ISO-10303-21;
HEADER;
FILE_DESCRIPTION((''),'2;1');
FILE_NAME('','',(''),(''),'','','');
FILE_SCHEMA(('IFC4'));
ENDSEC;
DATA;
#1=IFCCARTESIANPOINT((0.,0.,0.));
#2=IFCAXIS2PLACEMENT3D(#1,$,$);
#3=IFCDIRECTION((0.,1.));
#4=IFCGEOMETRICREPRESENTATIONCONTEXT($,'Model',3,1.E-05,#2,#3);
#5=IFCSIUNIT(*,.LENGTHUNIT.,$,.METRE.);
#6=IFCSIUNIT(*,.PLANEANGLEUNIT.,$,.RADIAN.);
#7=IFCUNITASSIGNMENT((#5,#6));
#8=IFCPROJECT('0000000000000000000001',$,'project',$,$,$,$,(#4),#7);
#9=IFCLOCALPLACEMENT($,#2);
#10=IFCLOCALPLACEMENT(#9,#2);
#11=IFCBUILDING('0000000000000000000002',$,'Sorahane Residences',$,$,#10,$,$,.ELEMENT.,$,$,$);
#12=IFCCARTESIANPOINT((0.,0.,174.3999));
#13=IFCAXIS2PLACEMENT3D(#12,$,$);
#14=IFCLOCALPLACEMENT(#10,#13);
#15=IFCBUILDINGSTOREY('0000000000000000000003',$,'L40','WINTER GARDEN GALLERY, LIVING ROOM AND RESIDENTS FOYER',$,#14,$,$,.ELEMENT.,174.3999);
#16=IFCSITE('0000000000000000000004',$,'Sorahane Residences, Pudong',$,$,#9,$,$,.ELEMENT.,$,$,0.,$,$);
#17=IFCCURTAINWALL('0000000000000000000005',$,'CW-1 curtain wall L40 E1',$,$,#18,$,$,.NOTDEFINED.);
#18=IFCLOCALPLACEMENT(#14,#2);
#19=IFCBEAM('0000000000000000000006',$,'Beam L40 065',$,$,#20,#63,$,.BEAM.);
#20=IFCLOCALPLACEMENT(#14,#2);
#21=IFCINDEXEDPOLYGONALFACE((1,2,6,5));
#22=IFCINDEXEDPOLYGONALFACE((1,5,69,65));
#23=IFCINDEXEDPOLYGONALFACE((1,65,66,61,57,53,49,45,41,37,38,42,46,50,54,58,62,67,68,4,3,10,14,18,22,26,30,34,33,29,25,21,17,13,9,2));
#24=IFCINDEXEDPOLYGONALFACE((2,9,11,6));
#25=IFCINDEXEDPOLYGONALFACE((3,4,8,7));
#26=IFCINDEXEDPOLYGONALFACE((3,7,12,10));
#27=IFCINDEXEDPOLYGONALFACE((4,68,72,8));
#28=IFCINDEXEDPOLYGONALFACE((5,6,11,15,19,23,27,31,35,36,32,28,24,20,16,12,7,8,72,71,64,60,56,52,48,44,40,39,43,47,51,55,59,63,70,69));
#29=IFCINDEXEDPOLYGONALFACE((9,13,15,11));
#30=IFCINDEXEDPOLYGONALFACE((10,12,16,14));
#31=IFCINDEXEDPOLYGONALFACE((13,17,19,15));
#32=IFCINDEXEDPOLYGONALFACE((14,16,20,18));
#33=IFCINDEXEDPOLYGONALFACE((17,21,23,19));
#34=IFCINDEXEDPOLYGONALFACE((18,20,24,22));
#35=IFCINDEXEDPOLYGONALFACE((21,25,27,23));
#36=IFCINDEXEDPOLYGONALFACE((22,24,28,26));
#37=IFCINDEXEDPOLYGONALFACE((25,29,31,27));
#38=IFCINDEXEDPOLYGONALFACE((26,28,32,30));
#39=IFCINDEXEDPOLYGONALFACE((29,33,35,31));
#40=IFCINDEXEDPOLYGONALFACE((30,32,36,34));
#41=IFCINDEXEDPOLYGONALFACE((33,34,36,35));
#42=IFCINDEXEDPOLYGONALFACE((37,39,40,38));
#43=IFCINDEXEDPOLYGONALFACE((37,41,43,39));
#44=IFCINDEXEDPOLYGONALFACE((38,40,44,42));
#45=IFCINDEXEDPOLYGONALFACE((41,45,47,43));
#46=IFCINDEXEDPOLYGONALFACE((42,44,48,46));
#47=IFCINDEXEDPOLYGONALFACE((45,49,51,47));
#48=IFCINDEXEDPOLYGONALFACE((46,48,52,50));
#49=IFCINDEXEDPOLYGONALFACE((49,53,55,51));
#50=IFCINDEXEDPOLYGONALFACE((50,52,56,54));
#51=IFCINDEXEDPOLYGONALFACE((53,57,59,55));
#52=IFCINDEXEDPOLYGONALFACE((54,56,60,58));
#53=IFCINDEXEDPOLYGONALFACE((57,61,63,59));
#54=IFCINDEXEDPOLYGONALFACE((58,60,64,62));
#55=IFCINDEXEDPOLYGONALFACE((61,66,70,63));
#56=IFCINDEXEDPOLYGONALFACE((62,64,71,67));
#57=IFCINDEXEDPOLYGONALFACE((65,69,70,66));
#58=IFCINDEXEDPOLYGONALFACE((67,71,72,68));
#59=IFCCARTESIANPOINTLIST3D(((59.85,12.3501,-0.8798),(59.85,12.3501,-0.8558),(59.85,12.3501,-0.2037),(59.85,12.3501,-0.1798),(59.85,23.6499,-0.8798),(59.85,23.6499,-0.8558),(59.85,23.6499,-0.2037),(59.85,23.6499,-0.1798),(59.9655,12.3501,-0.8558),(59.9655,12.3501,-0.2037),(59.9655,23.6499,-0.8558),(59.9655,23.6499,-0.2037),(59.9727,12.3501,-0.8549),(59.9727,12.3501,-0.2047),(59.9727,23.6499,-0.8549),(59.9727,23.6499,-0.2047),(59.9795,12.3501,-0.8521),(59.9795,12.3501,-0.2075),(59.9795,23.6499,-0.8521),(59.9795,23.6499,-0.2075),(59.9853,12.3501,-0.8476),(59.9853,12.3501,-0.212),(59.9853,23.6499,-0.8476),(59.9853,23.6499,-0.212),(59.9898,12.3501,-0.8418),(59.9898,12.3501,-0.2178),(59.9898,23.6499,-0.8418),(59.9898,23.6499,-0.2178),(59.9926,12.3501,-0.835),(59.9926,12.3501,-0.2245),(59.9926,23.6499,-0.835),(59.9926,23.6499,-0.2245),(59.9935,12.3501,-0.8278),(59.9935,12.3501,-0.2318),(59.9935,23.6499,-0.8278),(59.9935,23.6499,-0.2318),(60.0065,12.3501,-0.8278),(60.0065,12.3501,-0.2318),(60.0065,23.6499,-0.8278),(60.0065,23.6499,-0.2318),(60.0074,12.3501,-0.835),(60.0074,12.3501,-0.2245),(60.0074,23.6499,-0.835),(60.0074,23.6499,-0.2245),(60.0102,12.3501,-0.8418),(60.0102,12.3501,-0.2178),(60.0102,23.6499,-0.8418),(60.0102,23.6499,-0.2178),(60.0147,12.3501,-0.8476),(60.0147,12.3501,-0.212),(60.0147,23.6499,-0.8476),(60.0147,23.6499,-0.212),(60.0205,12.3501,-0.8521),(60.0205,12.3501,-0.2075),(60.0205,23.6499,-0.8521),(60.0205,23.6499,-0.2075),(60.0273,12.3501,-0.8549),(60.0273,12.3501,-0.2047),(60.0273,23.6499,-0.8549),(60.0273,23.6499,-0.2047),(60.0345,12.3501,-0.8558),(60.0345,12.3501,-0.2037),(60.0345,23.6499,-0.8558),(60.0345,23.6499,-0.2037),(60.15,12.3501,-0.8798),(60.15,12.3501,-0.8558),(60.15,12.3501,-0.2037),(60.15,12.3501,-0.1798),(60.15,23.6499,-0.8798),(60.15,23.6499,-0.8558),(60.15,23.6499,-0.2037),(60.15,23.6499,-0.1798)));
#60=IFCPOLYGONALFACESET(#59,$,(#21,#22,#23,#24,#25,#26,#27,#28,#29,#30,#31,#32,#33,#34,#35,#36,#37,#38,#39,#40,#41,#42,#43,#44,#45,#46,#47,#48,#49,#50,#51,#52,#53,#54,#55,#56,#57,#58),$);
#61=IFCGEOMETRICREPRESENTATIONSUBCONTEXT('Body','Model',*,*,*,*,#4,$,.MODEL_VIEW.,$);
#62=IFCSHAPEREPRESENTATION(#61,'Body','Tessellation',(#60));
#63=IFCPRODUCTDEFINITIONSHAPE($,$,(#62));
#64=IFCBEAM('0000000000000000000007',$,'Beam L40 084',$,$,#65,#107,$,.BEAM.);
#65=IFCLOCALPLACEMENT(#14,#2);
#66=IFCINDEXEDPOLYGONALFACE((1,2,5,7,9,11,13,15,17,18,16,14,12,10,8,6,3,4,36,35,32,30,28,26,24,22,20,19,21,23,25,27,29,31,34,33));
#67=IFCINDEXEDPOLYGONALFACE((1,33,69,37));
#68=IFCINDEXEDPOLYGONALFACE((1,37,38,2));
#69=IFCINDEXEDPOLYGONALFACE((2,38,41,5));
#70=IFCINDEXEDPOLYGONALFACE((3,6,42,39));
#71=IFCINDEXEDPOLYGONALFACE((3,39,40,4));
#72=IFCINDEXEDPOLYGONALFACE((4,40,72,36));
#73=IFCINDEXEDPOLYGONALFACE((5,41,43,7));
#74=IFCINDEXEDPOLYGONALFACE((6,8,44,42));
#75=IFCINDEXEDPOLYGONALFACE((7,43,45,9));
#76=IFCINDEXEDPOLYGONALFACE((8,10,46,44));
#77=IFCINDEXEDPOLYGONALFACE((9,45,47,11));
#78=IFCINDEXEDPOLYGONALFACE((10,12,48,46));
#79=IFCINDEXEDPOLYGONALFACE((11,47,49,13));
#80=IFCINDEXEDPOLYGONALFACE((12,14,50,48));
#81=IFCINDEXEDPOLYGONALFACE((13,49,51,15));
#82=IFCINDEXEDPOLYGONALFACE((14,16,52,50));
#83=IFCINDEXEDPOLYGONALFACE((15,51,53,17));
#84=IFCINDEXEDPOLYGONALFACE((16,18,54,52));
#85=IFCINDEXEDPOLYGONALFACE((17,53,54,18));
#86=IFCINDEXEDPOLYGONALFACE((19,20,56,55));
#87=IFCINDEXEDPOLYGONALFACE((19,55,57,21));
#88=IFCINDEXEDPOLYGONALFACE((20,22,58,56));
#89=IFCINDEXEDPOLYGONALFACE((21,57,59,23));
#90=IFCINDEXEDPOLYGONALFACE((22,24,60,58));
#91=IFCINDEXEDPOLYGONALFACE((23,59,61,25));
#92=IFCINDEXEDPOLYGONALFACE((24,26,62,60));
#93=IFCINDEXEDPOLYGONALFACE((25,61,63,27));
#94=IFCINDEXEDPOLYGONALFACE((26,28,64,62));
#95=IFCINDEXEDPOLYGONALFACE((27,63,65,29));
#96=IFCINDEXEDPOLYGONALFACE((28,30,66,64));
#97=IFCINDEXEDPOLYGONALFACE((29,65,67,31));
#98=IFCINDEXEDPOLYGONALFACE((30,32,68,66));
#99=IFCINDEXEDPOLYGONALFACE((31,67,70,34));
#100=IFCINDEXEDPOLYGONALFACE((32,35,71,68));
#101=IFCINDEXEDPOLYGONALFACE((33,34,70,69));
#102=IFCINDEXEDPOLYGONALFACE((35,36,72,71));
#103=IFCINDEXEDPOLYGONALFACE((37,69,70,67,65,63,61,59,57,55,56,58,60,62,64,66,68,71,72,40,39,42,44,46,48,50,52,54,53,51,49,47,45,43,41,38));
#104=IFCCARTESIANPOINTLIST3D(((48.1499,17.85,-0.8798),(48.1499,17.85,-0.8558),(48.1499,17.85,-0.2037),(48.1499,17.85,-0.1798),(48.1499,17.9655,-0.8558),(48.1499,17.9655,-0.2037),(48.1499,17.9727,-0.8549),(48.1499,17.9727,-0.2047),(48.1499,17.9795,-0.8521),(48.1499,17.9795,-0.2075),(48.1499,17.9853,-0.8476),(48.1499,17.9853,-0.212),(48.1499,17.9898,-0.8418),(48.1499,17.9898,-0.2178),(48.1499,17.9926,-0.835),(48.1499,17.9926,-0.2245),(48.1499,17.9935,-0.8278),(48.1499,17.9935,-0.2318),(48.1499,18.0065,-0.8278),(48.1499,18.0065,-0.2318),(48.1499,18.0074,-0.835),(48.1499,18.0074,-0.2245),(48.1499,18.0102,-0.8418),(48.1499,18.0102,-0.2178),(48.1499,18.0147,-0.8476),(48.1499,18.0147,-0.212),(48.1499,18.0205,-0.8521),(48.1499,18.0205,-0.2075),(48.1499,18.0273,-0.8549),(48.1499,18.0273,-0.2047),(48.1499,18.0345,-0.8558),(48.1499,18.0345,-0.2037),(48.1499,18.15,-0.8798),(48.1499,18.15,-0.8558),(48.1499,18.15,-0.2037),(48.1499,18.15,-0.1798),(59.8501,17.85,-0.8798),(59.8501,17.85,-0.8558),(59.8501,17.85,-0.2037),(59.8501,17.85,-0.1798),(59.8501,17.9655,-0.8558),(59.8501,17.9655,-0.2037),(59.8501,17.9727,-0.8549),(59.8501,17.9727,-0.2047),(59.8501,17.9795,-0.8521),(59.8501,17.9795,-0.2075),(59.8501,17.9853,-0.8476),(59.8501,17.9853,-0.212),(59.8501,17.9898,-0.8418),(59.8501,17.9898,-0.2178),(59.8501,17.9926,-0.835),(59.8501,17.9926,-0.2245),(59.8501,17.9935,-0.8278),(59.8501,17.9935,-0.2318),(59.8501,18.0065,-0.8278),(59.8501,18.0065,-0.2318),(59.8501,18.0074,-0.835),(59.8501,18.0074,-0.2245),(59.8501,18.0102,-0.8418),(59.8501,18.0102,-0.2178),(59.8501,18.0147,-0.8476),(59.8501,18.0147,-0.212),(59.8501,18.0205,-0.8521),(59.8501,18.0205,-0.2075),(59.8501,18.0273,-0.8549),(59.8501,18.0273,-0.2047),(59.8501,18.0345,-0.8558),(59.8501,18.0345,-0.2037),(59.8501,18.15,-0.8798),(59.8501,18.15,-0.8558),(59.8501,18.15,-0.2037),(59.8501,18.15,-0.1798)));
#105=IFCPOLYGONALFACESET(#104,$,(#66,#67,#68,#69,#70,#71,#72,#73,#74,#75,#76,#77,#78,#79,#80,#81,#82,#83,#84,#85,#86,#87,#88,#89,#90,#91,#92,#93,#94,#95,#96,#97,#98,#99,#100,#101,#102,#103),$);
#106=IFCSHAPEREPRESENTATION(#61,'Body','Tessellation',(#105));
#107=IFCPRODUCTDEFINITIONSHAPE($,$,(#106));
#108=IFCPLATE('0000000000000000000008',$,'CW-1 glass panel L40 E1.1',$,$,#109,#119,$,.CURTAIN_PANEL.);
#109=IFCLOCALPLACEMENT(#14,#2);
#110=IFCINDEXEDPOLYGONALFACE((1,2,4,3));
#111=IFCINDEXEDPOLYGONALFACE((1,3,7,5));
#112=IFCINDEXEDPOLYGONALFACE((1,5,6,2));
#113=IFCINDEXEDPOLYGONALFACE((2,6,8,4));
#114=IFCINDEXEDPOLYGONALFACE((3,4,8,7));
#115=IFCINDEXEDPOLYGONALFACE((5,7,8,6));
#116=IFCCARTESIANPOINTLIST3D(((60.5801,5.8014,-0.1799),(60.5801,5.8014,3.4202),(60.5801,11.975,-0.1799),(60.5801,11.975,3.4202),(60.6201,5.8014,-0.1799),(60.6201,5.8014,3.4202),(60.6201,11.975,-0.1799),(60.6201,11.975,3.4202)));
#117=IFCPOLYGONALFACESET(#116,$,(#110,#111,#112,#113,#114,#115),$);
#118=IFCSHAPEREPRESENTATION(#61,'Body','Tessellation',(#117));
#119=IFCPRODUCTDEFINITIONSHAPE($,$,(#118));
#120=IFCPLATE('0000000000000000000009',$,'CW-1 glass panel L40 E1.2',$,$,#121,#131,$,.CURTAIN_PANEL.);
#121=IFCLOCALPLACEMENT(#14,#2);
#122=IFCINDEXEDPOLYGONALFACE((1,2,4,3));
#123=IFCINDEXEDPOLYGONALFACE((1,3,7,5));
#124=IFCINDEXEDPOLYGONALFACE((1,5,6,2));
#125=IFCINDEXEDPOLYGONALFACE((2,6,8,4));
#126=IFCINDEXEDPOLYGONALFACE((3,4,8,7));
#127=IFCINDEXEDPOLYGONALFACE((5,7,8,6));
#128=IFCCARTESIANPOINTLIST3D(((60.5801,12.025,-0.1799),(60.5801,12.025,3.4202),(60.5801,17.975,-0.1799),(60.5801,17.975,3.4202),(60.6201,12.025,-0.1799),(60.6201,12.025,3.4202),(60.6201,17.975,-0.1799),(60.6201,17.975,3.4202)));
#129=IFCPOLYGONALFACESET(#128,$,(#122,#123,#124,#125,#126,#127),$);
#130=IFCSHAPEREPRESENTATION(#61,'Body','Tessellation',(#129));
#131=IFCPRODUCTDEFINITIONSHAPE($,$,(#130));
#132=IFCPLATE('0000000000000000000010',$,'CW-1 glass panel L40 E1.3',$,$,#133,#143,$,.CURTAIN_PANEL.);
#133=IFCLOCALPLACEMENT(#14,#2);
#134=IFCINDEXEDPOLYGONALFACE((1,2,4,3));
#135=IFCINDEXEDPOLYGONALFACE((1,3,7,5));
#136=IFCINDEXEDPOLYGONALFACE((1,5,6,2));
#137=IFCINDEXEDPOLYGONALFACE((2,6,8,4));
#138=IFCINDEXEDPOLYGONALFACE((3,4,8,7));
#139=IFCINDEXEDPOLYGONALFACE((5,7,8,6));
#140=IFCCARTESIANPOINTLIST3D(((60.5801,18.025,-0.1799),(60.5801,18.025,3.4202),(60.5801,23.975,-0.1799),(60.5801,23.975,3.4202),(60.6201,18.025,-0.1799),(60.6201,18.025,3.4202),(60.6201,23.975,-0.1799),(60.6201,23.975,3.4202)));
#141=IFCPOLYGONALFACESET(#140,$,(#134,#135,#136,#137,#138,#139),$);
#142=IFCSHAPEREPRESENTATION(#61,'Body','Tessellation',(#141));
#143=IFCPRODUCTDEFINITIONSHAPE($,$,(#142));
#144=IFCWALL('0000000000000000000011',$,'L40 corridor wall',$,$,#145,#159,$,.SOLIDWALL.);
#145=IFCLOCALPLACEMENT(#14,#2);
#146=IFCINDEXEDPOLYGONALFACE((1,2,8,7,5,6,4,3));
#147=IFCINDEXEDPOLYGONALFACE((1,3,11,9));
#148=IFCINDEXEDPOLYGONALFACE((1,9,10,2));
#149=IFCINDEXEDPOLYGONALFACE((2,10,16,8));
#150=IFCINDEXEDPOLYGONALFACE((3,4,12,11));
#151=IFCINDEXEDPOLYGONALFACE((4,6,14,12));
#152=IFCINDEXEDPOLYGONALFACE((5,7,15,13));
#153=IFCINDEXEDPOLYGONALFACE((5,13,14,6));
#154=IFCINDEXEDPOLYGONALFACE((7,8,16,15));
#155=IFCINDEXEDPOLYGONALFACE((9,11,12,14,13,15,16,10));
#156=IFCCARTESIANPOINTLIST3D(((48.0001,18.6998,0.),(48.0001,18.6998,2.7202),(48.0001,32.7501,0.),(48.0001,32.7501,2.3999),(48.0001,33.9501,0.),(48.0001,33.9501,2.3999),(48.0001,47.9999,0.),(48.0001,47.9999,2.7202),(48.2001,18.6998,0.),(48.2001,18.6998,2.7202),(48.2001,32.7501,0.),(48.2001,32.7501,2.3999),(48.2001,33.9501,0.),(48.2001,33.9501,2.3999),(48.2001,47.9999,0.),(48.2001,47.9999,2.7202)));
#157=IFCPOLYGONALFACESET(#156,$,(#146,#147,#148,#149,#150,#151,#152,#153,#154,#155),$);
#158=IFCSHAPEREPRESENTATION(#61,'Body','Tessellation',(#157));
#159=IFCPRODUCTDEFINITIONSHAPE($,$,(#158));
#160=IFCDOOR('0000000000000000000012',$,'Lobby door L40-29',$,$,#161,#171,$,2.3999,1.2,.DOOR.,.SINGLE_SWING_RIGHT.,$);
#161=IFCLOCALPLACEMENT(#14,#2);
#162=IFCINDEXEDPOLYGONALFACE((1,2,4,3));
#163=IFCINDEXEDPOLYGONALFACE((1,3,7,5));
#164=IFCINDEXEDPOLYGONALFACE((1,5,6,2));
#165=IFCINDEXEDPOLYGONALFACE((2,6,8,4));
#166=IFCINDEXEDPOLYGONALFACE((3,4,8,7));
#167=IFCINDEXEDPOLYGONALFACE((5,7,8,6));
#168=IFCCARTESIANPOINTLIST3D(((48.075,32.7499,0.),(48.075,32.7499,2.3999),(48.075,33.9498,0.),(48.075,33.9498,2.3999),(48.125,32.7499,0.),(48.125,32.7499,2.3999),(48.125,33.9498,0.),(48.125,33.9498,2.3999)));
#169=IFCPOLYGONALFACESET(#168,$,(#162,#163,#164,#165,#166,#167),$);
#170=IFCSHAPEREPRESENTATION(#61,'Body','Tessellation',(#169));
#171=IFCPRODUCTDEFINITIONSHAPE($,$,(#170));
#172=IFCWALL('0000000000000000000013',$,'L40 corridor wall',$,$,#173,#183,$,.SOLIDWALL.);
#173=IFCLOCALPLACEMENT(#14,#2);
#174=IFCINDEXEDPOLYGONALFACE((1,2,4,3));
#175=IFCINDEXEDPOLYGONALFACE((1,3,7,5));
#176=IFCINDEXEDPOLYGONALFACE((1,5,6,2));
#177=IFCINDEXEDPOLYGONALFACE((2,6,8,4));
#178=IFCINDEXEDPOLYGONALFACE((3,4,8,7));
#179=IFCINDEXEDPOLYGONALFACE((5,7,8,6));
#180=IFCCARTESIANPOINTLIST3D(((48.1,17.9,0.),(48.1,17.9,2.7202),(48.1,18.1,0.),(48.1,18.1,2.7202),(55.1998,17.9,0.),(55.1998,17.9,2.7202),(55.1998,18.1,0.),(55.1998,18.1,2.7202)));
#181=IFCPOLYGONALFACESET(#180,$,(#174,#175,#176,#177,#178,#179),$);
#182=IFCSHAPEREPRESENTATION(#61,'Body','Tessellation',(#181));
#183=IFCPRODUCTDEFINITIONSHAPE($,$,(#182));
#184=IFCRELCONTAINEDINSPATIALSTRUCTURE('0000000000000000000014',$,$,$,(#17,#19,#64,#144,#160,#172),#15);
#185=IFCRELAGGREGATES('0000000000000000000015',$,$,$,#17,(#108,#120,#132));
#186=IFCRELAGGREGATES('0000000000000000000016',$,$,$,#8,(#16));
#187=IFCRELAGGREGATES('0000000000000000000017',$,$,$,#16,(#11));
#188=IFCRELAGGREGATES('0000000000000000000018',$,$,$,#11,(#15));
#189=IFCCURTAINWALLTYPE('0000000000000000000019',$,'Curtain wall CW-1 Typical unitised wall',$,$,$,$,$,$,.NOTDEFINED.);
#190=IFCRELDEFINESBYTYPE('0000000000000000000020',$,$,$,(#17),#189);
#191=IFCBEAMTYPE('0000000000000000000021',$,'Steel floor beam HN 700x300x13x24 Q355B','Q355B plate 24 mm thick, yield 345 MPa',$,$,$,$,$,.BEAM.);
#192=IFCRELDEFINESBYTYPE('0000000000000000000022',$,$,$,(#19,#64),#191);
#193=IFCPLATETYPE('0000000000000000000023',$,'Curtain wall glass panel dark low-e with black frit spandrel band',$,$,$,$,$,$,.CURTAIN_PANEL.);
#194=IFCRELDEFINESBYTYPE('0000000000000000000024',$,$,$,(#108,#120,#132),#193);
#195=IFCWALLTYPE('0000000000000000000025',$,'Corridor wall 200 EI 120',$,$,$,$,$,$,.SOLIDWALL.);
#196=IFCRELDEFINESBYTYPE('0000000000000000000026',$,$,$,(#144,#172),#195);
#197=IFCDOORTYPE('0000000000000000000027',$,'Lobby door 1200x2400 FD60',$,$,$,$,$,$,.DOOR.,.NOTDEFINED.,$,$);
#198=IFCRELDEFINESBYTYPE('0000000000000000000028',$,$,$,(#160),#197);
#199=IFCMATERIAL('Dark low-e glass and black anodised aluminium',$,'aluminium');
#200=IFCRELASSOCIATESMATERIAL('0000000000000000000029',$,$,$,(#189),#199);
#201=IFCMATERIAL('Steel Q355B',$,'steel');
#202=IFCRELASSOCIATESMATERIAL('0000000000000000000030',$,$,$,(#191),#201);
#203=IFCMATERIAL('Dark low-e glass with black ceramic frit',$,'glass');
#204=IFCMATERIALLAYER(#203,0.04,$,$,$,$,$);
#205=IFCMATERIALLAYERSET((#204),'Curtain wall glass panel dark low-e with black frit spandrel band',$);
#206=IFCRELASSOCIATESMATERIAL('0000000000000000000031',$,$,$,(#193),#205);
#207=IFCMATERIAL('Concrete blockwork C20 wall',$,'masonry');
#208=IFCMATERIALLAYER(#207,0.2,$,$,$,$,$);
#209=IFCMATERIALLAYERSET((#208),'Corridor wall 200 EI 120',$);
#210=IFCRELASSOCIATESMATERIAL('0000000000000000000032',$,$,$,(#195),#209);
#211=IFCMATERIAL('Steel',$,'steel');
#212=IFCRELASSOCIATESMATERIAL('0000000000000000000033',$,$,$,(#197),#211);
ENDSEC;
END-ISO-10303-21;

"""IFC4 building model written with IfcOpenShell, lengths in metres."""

from ifc_helpers import new_model, si_unit, direction, frame, frame_2d, origin, origin_2d, place, context, subcontext, project, spatial, rectangle, i_section, extrude, material, layer, layer_set, material_profile, profile_set, type_object, element, fill, aggregate, save


model = new_model("IFC4")

# Units and contexts
model_context = context("Model", 3, precision=1e-05, world=origin(), true_north=direction((0.0, 1.0)))
body_context = subcontext(model_context, "Body", "Model", "MODEL_VIEW")
ifc_project = project(units=[si_unit("LENGTHUNIT", "METRE"), si_unit("PLANEANGLEUNIT", "RADIAN")], contexts=[model_context])

# Site, building, storey
site_placement = place(None, origin())
site = spatial("IfcSite", under=ifc_project, at=site_placement, Name="Sorahane Residences, Pudong", CompositionType="ELEMENT", RefElevation=0.0)
building_placement = place(site_placement, origin())
building = spatial("IfcBuilding", under=site, at=building_placement, Name="Sorahane Residences", CompositionType="ELEMENT")
storey_placement = place(building_placement, frame((0.0, 0.0, 174.3999)))
storey = spatial("IfcBuildingStorey", under=building, at=storey_placement, Name="L40", Description="WINTER GARDEN GALLERY, LIVING ROOM AND RESIDENTS FOYER", CompositionType="ELEMENT", Elevation=174.3999)

# Curtain wall
ifc_material_1 = material(Name="Dark low-e glass and black anodised aluminium", Category="aluminium")
curtain_wall_type = type_object("IfcCurtainWallType", Name="Curtain wall CW-1 Typical unitised wall", PredefinedType="NOTDEFINED", material=ifc_material_1)
curtain_wall_placement = place(storey_placement, origin())
curtain_wall = element("IfcCurtainWall", 1, at=curtain_wall_placement, inside=storey, type_object=curtain_wall_type, Name="CW-1 curtain wall L40 E1", PredefinedType="NOTDEFINED")

# Beams
ifc_material_2 = material(Name="Steel Q355B", Category="steel")
ifc_material_profile_1 = material_profile(ifc_material_2, i_section(OverallWidth=0.3, OverallDepth=0.7, WebThickness=0.0129, FlangeThickness=0.0239, FilletRadius=0.0281, at=origin_2d()), Name="HN 700x300x13x24")
ifc_profile_set_1 = profile_set([ifc_material_profile_1], Name="Steel Q355B")
beam_type = type_object("IfcBeamType", Name="Steel floor beam HN 700x300x13x24 Q355B", Description="Q355B plate 24 mm thick, yield 345 MPa", PredefinedType="BEAM", material=ifc_profile_set_1)
beam_1_placement = place(storey_placement, frame((60.0, 12.3501, -0.5298), z_axis=(0.0, 1.0, 0.0), x_axis=(-1.0, 0.0, 0.0)))
element("IfcBeam", 2, at=beam_1_placement, inside=storey, type_object=beam_type, Name="Beam L40 065", PredefinedType="BEAM", context=body_context, shape_type="SweptSolid", body=[
    extrude(i_section(OverallWidth=0.3, OverallDepth=0.7, WebThickness=0.0129, FlangeThickness=0.0239, FilletRadius=0.0281, at=origin_2d()), origin(), (0.0, 0.0, 1.0), 11.2998),
])
beam_2_placement = place(storey_placement, frame((48.1499, 18.0, -0.5298), z_axis=(1.0, 0.0, 0.0), x_axis=(0.0, 1.0, 0.0)))
element("IfcBeam", 3, at=beam_2_placement, inside=storey, type_object=beam_type, Name="Beam L40 084", PredefinedType="BEAM", context=body_context, shape_type="SweptSolid", body=[
    extrude(i_section(OverallWidth=0.3, OverallDepth=0.7, WebThickness=0.0129, FlangeThickness=0.0239, FilletRadius=0.0281, at=origin_2d()), origin(), (0.0, 0.0, 1.0), 11.7002),
])

# Plates
ifc_material_3 = material(Name="Dark low-e glass with black ceramic frit", Category="glass")
ifc_layer_1 = layer(ifc_material_3, 0.04)
ifc_layer_set_1 = layer_set([ifc_layer_1], Name="Curtain wall glass panel dark low-e with black frit spandrel band")
plate_type = type_object("IfcPlateType", Name="Curtain wall glass panel dark low-e with black frit spandrel band", PredefinedType="CURTAIN_PANEL", material=ifc_layer_set_1)
plate_1_placement = place(storey_placement, frame((60.6001, 8.8882, -0.1799), z_axis=(0.0, 0.0, 1.0), x_axis=(0.0, 1.0, 0.0)))
plate_1 = element("IfcPlate", 4, at=plate_1_placement, type_object=plate_type, Name="CW-1 glass panel L40 E1.1", PredefinedType="CURTAIN_PANEL", context=body_context, shape_type="SweptSolid", body=[
    extrude(rectangle(XDim=6.1736, YDim=0.04, at=origin_2d()), origin(), (0.0, 0.0, 1.0), 3.6001),
])
plate_2_placement = place(storey_placement, frame((60.6001, 15.0, -0.1799), z_axis=(0.0, 0.0, 1.0), x_axis=(0.0, 1.0, 0.0)))
plate_2 = element("IfcPlate", 5, at=plate_2_placement, type_object=plate_type, Name="CW-1 glass panel L40 E1.2", PredefinedType="CURTAIN_PANEL", context=body_context, shape_type="SweptSolid", body=[
    extrude(rectangle(XDim=5.95, YDim=0.04, at=origin_2d()), origin(), (0.0, 0.0, 1.0), 3.6001),
])
plate_3_placement = place(storey_placement, frame((60.6001, 21.0, -0.1799), z_axis=(0.0, 0.0, 1.0), x_axis=(0.0, 1.0, 0.0)))
plate_3 = element("IfcPlate", 6, at=plate_3_placement, type_object=plate_type, Name="CW-1 glass panel L40 E1.3", PredefinedType="CURTAIN_PANEL", context=body_context, shape_type="SweptSolid", body=[
    extrude(rectangle(XDim=5.95, YDim=0.04, at=origin_2d()), origin(), (0.0, 0.0, 1.0), 3.6001),
])
aggregate(curtain_wall, [plate_1, plate_2, plate_3])

# Wall, opening, door
ifc_material_4 = material(Name="Concrete blockwork C20 wall", Category="masonry")
ifc_layer_2 = layer(ifc_material_4, 0.2)
ifc_layer_set_2 = layer_set([ifc_layer_2], Name="Corridor wall 200 EI 120")
wall_type_1 = type_object("IfcWallType", Name="Corridor wall 200 EI 120", PredefinedType="SOLIDWALL", material=ifc_layer_set_2)
wall_1_placement = place(storey_placement, frame((48.1001, 18.7, 0.0), z_axis=(0.0, 0.0, 1.0), x_axis=(0.0, 1.0, 0.0)))
wall_1 = element("IfcWall", 7, at=wall_1_placement, inside=storey, type_object=wall_type_1, Name="L40 corridor wall", PredefinedType="SOLIDWALL", context=body_context, shape_type="SweptSolid", body=[
    extrude(rectangle(XDim=29.3, YDim=0.2, at=frame_2d((14.6499, 0.0))), origin(), (0.0, 0.0, 1.0), 2.7202),
])
opening_1_placement = place(wall_1_placement, frame((14.05, 0.0, 0.0)))
opening_1 = element("IfcOpeningElement", 8, at=opening_1_placement, cuts=wall_1, PredefinedType="OPENING", context=body_context, shape_type="SweptSolid", body=[
    extrude(rectangle(XDim=1.2, YDim=2.3999, at=frame_2d((0.6001, 1.2))), frame((0.0, 0.1099, 0.0), z_axis=(0.0, -1.0, 0.0), x_axis=(1.0, 0.0, 0.0)), (0.0, 0.0, 1.0), 0.22),
])
ifc_material_5 = material(Name="Steel", Category="steel")
door_type_1 = type_object("IfcDoorType", Name="Lobby door 1200x2400 FD60", OperationType="NOTDEFINED", PredefinedType="DOOR", material=ifc_material_5)
door_1_placement = place(opening_1_placement, frame((1.2, 0.0, 0.0), z_axis=(0.0, 0.0, 1.0), x_axis=(-1.0, 0.0, 0.0)))
door_1 = element("IfcDoor", 9, at=door_1_placement, inside=storey, type_object=door_type_1, Name="Lobby door L40-29", OperationType="SINGLE_SWING_RIGHT", OverallHeight=2.3999, OverallWidth=1.2, PredefinedType="DOOR", context=body_context, shape_type="SweptSolid", body=[
    extrude(rectangle(XDim=1.2, YDim=2.3999, at=frame_2d((0.6001, 1.2))), frame((0.0, 0.0249, 0.0), z_axis=(0.0, -1.0, 0.0), x_axis=(1.0, 0.0, 0.0)), (0.0, 0.0, 1.0), 0.05),
])
fill(opening_1, door_1)

# Wall
wall_2_placement = place(storey_placement, frame((48.1001, 18.0, 0.0), z_axis=(0.0, 0.0, 1.0), x_axis=(1.0, 0.0, 0.0)))
element("IfcWall", 10, at=wall_2_placement, inside=storey, type_object=wall_type_1, Name="L40 corridor wall", PredefinedType="SOLIDWALL", context=body_context, shape_type="SweptSolid", body=[
    extrude(rectangle(XDim=7.0999, YDim=0.2, at=frame_2d((3.5498, 0.0))), origin(), (0.0, 0.0, 1.0), 2.7202),
])

save(model, "model.ifc")
